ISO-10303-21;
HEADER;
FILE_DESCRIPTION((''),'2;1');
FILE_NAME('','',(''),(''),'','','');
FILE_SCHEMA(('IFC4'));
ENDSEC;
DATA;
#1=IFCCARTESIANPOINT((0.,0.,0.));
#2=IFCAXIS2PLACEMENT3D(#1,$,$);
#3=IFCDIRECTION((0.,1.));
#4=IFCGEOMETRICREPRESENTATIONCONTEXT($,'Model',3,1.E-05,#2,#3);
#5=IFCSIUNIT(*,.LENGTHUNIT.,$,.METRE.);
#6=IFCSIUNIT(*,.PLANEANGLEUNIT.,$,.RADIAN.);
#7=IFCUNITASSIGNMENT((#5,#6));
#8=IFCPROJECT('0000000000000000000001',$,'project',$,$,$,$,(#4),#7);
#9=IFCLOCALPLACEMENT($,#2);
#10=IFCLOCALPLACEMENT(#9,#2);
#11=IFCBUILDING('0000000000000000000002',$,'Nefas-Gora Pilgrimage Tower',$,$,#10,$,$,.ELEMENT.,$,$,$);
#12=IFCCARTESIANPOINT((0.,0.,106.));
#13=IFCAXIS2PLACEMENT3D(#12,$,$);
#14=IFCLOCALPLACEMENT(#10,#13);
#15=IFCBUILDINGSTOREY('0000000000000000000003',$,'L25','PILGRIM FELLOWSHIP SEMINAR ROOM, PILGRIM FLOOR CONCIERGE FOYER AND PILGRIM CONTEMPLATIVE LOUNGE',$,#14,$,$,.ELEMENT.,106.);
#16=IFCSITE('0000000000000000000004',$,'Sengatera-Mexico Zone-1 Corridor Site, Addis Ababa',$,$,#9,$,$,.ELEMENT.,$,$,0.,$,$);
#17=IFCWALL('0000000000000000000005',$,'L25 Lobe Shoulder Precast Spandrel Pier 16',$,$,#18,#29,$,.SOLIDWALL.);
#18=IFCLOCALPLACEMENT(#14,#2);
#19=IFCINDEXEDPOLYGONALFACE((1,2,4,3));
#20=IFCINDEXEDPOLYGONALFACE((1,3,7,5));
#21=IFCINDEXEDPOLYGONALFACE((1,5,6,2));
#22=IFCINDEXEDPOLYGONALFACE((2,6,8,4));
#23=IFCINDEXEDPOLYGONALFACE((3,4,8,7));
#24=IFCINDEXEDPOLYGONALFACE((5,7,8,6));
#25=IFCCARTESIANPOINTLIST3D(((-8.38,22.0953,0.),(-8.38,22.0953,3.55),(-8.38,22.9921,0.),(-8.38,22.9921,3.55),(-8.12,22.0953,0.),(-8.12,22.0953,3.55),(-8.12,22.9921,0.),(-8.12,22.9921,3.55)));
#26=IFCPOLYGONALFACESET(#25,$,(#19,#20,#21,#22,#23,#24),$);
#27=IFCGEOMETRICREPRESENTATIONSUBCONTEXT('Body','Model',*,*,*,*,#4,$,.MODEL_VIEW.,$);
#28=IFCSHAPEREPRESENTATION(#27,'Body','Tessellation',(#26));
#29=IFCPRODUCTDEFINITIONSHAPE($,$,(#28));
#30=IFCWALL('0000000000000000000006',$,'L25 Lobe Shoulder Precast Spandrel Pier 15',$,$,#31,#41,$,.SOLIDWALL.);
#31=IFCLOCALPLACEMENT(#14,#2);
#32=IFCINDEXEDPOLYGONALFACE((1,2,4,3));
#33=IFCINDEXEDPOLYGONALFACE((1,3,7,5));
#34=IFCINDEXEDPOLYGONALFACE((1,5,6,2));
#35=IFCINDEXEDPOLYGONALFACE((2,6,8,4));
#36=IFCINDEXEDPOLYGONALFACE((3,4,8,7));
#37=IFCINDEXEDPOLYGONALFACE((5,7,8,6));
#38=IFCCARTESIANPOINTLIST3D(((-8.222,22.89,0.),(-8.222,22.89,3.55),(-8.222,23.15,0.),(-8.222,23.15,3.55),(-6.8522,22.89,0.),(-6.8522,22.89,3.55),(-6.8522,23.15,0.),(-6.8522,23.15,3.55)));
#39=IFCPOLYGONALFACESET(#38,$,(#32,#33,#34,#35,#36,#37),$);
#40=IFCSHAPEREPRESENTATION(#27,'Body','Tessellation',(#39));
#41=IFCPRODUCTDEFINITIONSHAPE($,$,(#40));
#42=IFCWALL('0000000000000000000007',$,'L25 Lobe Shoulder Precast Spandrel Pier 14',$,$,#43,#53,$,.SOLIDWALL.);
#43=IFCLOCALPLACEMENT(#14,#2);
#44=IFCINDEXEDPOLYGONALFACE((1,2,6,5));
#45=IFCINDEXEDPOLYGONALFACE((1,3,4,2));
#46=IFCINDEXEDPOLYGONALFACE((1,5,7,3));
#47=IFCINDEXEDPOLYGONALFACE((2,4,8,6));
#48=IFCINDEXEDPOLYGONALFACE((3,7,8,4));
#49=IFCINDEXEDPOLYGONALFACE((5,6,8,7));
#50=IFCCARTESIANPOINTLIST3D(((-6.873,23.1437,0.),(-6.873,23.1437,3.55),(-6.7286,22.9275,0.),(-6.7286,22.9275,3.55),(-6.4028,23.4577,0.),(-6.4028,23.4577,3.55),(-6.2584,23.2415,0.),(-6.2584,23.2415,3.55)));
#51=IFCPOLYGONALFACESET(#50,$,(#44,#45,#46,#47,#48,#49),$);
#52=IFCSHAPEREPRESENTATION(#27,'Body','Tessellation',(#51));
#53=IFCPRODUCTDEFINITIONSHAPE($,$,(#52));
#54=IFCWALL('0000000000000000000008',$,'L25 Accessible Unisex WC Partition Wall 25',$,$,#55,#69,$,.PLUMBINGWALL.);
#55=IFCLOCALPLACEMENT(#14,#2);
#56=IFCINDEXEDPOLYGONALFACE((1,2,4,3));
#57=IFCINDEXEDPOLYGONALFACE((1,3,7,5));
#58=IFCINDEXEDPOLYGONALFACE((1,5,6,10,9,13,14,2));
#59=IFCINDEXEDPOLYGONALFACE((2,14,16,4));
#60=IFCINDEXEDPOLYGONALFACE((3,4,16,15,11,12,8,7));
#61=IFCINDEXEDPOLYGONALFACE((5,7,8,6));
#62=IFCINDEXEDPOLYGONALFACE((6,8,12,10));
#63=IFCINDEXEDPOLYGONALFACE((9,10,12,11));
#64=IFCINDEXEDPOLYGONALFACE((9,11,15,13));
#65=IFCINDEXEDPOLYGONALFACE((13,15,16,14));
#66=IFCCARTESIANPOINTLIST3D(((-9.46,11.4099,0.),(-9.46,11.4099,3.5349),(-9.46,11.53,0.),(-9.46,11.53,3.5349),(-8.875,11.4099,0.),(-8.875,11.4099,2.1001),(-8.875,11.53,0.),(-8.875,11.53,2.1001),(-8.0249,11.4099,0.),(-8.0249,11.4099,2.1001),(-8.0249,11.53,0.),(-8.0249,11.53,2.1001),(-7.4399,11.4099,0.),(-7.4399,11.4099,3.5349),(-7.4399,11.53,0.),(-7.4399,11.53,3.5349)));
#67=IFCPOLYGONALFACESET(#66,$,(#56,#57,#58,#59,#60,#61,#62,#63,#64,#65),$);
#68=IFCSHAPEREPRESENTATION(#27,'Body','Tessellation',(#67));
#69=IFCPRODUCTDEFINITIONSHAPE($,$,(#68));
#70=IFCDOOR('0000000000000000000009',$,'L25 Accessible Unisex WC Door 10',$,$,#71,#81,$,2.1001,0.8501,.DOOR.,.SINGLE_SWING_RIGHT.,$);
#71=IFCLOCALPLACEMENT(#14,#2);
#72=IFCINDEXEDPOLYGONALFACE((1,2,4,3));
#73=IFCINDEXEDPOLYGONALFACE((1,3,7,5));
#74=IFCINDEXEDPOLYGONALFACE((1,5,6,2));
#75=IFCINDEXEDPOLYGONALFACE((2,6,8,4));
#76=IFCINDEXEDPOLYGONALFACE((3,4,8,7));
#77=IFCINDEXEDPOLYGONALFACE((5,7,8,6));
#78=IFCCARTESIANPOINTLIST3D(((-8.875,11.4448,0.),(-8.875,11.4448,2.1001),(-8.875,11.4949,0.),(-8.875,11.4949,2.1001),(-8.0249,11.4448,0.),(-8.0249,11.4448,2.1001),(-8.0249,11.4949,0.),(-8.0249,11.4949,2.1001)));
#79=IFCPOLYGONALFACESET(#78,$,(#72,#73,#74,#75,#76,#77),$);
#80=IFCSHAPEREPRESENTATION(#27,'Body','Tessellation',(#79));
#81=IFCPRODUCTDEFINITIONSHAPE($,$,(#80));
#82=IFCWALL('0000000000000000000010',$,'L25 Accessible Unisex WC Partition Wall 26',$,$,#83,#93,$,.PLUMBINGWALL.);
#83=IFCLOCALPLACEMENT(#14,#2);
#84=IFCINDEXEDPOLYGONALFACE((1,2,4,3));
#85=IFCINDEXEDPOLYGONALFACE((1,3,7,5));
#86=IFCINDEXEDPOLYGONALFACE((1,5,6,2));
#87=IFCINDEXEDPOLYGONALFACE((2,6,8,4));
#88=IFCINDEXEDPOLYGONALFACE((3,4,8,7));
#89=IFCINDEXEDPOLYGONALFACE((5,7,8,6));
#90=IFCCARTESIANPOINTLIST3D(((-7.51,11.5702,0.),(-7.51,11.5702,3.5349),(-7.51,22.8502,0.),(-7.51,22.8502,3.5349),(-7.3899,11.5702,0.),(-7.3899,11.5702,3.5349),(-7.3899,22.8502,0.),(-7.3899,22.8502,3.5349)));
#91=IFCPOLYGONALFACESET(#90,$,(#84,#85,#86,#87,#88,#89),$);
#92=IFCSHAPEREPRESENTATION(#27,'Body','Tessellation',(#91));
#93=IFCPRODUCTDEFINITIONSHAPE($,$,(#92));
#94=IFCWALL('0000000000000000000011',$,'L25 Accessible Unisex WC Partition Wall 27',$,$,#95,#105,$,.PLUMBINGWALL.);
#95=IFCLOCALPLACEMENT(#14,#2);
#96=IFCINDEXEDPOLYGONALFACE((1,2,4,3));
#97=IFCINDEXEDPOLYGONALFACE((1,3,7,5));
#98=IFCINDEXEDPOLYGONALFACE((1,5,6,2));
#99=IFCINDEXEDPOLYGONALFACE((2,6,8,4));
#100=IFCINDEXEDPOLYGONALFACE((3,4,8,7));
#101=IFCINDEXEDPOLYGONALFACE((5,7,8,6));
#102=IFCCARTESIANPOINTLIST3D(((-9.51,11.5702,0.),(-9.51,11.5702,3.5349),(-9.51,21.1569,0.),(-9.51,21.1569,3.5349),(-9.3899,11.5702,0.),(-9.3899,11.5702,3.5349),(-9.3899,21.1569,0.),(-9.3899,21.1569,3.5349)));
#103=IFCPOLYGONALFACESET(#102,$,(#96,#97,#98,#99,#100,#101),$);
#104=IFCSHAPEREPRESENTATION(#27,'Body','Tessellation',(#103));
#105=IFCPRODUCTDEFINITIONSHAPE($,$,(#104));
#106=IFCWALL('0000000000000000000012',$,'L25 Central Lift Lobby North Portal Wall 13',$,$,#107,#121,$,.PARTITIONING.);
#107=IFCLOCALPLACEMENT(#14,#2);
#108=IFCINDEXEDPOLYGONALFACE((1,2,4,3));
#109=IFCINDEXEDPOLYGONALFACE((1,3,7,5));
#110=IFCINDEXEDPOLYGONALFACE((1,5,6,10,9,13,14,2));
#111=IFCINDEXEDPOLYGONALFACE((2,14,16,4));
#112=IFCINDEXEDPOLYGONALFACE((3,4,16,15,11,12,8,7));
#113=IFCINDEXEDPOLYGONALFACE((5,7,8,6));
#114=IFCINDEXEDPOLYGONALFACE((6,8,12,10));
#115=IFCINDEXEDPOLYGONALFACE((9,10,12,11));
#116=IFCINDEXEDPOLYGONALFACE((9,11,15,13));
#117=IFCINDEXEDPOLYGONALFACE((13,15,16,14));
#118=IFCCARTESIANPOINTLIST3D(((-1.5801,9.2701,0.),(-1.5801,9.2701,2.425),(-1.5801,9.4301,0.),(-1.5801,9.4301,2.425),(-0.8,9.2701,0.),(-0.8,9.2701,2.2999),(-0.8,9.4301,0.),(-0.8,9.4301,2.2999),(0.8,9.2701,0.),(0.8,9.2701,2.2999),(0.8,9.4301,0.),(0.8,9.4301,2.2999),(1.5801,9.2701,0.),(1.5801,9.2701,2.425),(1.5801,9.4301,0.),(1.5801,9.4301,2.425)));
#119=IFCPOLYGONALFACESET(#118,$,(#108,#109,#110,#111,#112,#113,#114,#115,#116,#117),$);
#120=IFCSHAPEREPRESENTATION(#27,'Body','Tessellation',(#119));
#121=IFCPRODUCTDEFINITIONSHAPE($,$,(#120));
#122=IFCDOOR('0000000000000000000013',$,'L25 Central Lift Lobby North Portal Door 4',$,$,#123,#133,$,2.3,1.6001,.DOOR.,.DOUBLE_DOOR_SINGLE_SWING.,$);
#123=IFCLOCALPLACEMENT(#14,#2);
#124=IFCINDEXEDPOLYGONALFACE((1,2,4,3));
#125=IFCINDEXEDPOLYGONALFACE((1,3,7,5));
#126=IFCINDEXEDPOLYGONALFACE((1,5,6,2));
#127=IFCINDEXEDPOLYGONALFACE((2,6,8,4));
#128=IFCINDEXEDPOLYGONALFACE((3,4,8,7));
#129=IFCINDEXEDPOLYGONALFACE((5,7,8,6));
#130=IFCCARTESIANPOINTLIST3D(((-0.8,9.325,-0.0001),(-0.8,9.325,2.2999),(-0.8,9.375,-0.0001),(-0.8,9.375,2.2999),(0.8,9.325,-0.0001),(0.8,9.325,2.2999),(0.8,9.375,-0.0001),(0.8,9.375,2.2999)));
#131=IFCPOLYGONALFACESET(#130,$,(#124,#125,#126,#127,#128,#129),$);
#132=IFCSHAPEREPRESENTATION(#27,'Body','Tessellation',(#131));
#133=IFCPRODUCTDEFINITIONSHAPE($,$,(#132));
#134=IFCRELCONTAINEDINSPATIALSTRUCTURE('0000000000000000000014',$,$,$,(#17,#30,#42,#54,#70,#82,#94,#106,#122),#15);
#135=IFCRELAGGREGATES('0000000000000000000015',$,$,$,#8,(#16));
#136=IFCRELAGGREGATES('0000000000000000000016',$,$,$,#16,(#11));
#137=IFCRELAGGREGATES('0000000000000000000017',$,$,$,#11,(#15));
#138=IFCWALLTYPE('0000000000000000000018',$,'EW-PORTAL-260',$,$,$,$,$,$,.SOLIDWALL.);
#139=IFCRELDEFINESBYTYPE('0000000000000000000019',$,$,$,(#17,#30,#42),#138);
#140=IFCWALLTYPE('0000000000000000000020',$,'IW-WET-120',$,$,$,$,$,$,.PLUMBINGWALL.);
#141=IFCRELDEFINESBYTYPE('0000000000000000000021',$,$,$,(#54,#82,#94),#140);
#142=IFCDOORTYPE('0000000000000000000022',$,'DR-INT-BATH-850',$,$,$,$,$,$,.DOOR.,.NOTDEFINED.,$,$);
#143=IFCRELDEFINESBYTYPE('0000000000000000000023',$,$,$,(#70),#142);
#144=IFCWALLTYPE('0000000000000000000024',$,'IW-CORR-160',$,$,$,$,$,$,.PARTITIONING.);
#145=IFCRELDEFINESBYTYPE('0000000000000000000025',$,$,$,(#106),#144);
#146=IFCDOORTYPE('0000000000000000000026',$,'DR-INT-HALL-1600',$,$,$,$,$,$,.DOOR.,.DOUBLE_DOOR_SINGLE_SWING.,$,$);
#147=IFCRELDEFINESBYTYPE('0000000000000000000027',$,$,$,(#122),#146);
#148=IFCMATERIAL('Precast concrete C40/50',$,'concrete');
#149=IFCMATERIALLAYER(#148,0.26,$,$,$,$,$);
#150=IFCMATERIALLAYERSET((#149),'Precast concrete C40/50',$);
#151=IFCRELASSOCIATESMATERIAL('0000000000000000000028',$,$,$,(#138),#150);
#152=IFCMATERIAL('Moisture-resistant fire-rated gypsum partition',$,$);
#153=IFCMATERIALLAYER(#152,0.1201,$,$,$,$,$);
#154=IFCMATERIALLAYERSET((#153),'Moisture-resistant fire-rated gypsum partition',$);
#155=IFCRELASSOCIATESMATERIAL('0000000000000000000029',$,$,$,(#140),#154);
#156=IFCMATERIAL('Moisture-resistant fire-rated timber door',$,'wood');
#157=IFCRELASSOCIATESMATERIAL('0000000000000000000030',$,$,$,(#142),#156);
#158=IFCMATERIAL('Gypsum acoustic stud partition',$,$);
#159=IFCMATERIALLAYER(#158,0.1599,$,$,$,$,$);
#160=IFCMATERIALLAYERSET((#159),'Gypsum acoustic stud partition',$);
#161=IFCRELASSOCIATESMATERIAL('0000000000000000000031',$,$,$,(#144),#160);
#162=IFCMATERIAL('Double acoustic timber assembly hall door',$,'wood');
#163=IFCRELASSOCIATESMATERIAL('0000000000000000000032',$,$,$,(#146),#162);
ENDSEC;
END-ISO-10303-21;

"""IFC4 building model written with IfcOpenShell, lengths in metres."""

from ifc_helpers import new_model, si_unit, direction, frame, frame_2d, origin, place, context, subcontext, project, spatial, rectangle, extrude, source, transform, mapped, material, layer, layer_set, type_object, element, fill, save


model = new_model("IFC4")

# Units and contexts
model_context = context("Model", 3, precision=1e-05, world=origin(), true_north=direction((0.0, 1.0)))
body_context = subcontext(model_context, "Body", "Model", "MODEL_VIEW")
ifc_project = project(units=[si_unit("LENGTHUNIT", "METRE"), si_unit("PLANEANGLEUNIT", "RADIAN")], contexts=[model_context])

# Site, building, storey
site_placement = place(None, origin())
site = spatial("IfcSite", under=ifc_project, at=site_placement, Name="Sengatera-Mexico Zone-1 Corridor Site, Addis Ababa", CompositionType="ELEMENT", RefElevation=0.0)
building_placement = place(site_placement, origin())
building = spatial("IfcBuilding", under=site, at=building_placement, Name="Nefas-Gora Pilgrimage Tower", CompositionType="ELEMENT")
storey_placement = place(building_placement, frame((0.0, 0.0, 106.0)))
storey = spatial("IfcBuildingStorey", under=building, at=storey_placement, Name="L25", Description="PILGRIM FELLOWSHIP SEMINAR ROOM, PILGRIM FLOOR CONCIERGE FOYER AND PILGRIM CONTEMPLATIVE LOUNGE", CompositionType="ELEMENT", Elevation=106.0)

# Walls
ifc_material_1 = material(Name="Precast concrete C40/50", Category="concrete")
ifc_layer_1 = layer(ifc_material_1, 0.26)
ifc_layer_set_1 = layer_set([ifc_layer_1], Name="Precast concrete C40/50")
wall_type_1 = type_object("IfcWallType", Name="EW-PORTAL-260", PredefinedType="SOLIDWALL", material=ifc_layer_set_1)
shared_shape_1 = source(origin(), body_context, "Body", "SweptSolid", [
    extrude(rectangle(XDim=0.8967, YDim=0.26, at=frame_2d((0.4482, 0.0))), origin(), (0.0, 0.0, 1.0), 3.55),
])
wall_1_placement = place(storey_placement, frame((-8.25, 22.9919, 0.0), z_axis=(0.0, 0.0, 1.0), x_axis=(0.0, -1.0, 0.0)))
element("IfcWall", 1, at=wall_1_placement, inside=storey, type_object=wall_type_1, Name="L25 Lobe Shoulder Precast Spandrel Pier 16", PredefinedType="SOLIDWALL", context=body_context, shape_type="MappedRepresentation", body=[
    mapped(shared_shape_1, transform((0.0, 0.0, 0.0), x_axis=(1.0, 0.0, 0.0), y_axis=(0.0, 1.0, 0.0), z_axis=(0.0, 0.0, 1.0), scale=1.0)),
])
shared_shape_2 = source(origin(), body_context, "Body", "SweptSolid", [
    extrude(rectangle(XDim=1.3699, YDim=0.26, at=frame_2d((0.6851, 0.0))), origin(), (0.0, 0.0, 1.0), 3.55),
])
wall_2_placement = place(storey_placement, frame((-6.8521, 23.02, 0.0), z_axis=(0.0, 0.0, 1.0), x_axis=(-1.0, 0.0, 0.0)))
element("IfcWall", 2, at=wall_2_placement, inside=storey, type_object=wall_type_1, Name="L25 Lobe Shoulder Precast Spandrel Pier 15", PredefinedType="SOLIDWALL", context=body_context, shape_type="MappedRepresentation", body=[
    mapped(shared_shape_2, transform((0.0, 0.0, 0.0), x_axis=(1.0, 0.0, 0.0), y_axis=(0.0, 1.0, 0.0), z_axis=(0.0, 0.0, 1.0), scale=1.0)),
])
shared_shape_3 = source(origin(), body_context, "Body", "SweptSolid", [
    extrude(rectangle(XDim=0.5654, YDim=0.26, at=frame_2d((0.2827, 0.0))), origin(), (0.0, 0.0, 1.0), 3.55),
])
wall_3_placement = place(storey_placement, frame((-6.3306, 23.3496, 0.0), z_axis=(0.0, 0.0, 1.0), x_axis=(-0.831651, -0.555298, 0.0)))
element("IfcWall", 3, at=wall_3_placement, inside=storey, type_object=wall_type_1, Name="L25 Lobe Shoulder Precast Spandrel Pier 14", PredefinedType="SOLIDWALL", context=body_context, shape_type="MappedRepresentation", body=[
    mapped(shared_shape_3, transform((0.0, 0.0, 0.0), x_axis=(1.0, 0.0, 0.0), y_axis=(0.0, 1.0, 0.0), z_axis=(0.0, 0.0, 1.0), scale=1.0)),
])

# Wall, opening, door
ifc_material_2 = material(Name="Moisture-resistant fire-rated gypsum partition")
ifc_layer_2 = layer(ifc_material_2, 0.1201)
ifc_layer_set_2 = layer_set([ifc_layer_2], Name="Moisture-resistant fire-rated gypsum partition")
wall_type_2 = type_object("IfcWallType", Name="IW-WET-120", PredefinedType="PLUMBINGWALL", material=ifc_layer_set_2)
shared_shape_4 = source(origin(), body_context, "Body", "SweptSolid", [
    extrude(rectangle(XDim=2.02, YDim=0.1201, at=frame_2d((1.01, 0.0))), origin(), (0.0, 0.0, 1.0), 3.5349),
])
wall_4_placement = place(storey_placement, frame((-9.46, 11.47, 0.0), z_axis=(0.0, 0.0, 1.0), x_axis=(1.0, 0.0, 0.0)))
wall_4 = element("IfcWall", 4, at=wall_4_placement, inside=storey, type_object=wall_type_2, Name="L25 Accessible Unisex WC Partition Wall 25", PredefinedType="PLUMBINGWALL", context=body_context, shape_type="MappedRepresentation", body=[
    mapped(shared_shape_4, transform((0.0, 0.0, 0.0), x_axis=(1.0, 0.0, 0.0), y_axis=(0.0, 1.0, 0.0), z_axis=(0.0, 0.0, 1.0), scale=1.0)),
])
opening_1_placement = place(wall_4_placement, frame((0.585, 0.0, 0.0)))
opening_1 = element("IfcOpeningElement", 5, at=opening_1_placement, cuts=wall_4, PredefinedType="OPENING", context=body_context, shape_type="SweptSolid", body=[
    extrude(rectangle(XDim=0.8501, YDim=2.1001, at=frame_2d((0.425, 1.05))), frame((0.0, 0.0701, 0.0), z_axis=(0.0, -1.0, 0.0), x_axis=(1.0, 0.0, 0.0)), (0.0, 0.0, 1.0), 0.1401),
])
ifc_material_3 = material(Name="Moisture-resistant fire-rated timber door", Category="wood")
door_type_1 = type_object("IfcDoorType", Name="DR-INT-BATH-850", OperationType="NOTDEFINED", PredefinedType="DOOR", material=ifc_material_3)
shared_shape_5 = source(origin(), body_context, "Body", "SweptSolid", [
    extrude(rectangle(XDim=0.8501, YDim=2.1001, at=frame_2d((0.425, 1.05))), frame((0.0, 0.0249, 0.0), z_axis=(0.0, -1.0, 0.0), x_axis=(1.0, 0.0, 0.0)), (0.0, 0.0, 1.0), 0.05),
])
door_1_placement = place(opening_1_placement, origin())
door_1 = element("IfcDoor", 6, at=door_1_placement, inside=storey, type_object=door_type_1, Name="L25 Accessible Unisex WC Door 10", OperationType="SINGLE_SWING_RIGHT", OverallHeight=2.1001, OverallWidth=0.8501, PredefinedType="DOOR", context=body_context, shape_type="MappedRepresentation", body=[
    mapped(shared_shape_5, transform((0.0, 0.0, 0.0), x_axis=(1.0, 0.0, 0.0), y_axis=(0.0, 1.0, 0.0), z_axis=(0.0, 0.0, 1.0), scale=1.0)),
])
fill(opening_1, door_1)

# Walls
shared_shape_6 = source(origin(), body_context, "Body", "SweptSolid", [
    extrude(rectangle(XDim=11.28, YDim=0.1201, at=frame_2d((5.6401, 0.0))), origin(), (0.0, 0.0, 1.0), 3.5349),
])
wall_5_placement = place(storey_placement, frame((-7.45, 11.5701, 0.0), z_axis=(0.0, 0.0, 1.0), x_axis=(0.0, 1.0, 0.0)))
element("IfcWall", 7, at=wall_5_placement, inside=storey, type_object=wall_type_2, Name="L25 Accessible Unisex WC Partition Wall 26", PredefinedType="PLUMBINGWALL", context=body_context, shape_type="MappedRepresentation", body=[
    mapped(shared_shape_6, transform((0.0, 0.0, 0.0), x_axis=(1.0, 0.0, 0.0), y_axis=(0.0, 1.0, 0.0), z_axis=(0.0, 0.0, 1.0), scale=1.0)),
])
shared_shape_7 = source(origin(), body_context, "Body", "SweptSolid", [
    extrude(rectangle(XDim=9.5867, YDim=0.1201, at=frame_2d((4.7935, 0.0))), origin(), (0.0, 0.0, 1.0), 3.5349),
])
wall_6_placement = place(storey_placement, frame((-9.45, 11.5701, 0.0), z_axis=(0.0, 0.0, 1.0), x_axis=(0.0, 1.0, 0.0)))
element("IfcWall", 8, at=wall_6_placement, inside=storey, type_object=wall_type_2, Name="L25 Accessible Unisex WC Partition Wall 27", PredefinedType="PLUMBINGWALL", context=body_context, shape_type="MappedRepresentation", body=[
    mapped(shared_shape_7, transform((0.0, 0.0, 0.0), x_axis=(1.0, 0.0, 0.0), y_axis=(0.0, 1.0, 0.0), z_axis=(0.0, 0.0, 1.0), scale=1.0)),
])

# Wall, opening, door
ifc_material_4 = material(Name="Gypsum acoustic stud partition")
ifc_layer_3 = layer(ifc_material_4, 0.1599)
ifc_layer_set_3 = layer_set([ifc_layer_3], Name="Gypsum acoustic stud partition")
wall_type_3 = type_object("IfcWallType", Name="IW-CORR-160", PredefinedType="PARTITIONING", material=ifc_layer_set_3)
shared_shape_8 = source(origin(), body_context, "Body", "SweptSolid", [
    extrude(rectangle(XDim=3.1602, YDim=0.1599, at=frame_2d((1.5801, 0.0))), origin(), (0.0, 0.0, 1.0), 2.425),
])
wall_7_placement = place(storey_placement, frame((-1.5801, 9.3501, 0.0), z_axis=(0.0, 0.0, 1.0), x_axis=(1.0, 0.0, 0.0)))
wall_7 = element("IfcWall", 9, at=wall_7_placement, inside=storey, type_object=wall_type_3, Name="L25 Central Lift Lobby North Portal Wall 13", PredefinedType="PARTITIONING", context=body_context, shape_type="MappedRepresentation", body=[
    mapped(shared_shape_8, transform((0.0, 0.0, 0.0), x_axis=(1.0, 0.0, 0.0), y_axis=(0.0, 1.0, 0.0), z_axis=(0.0, 0.0, 1.0), scale=1.0)),
])
opening_2_placement = place(wall_7_placement, frame((0.78, 0.0, 0.0)))
opening_2 = element("IfcOpeningElement", 10, at=opening_2_placement, cuts=wall_7, PredefinedType="OPENING", context=body_context, shape_type="SweptSolid", body=[
    extrude(rectangle(XDim=1.6001, YDim=2.3, at=frame_2d((0.8, 1.1499))), frame((0.0, 0.0898, 0.0), z_axis=(0.0, -1.0, 0.0), x_axis=(1.0, 0.0, 0.0)), (0.0, 0.0, 1.0), 0.1799),
])
ifc_material_5 = material(Name="Double acoustic timber assembly hall door", Category="wood")
door_type_2 = type_object("IfcDoorType", Name="DR-INT-HALL-1600", OperationType="DOUBLE_DOOR_SINGLE_SWING", PredefinedType="DOOR", material=ifc_material_5)
shared_shape_9 = source(origin(), body_context, "Body", "SweptSolid", [
    extrude(rectangle(XDim=1.6001, YDim=2.3, at=frame_2d((0.8, 1.1499))), frame((0.0, 0.0249, 0.0), z_axis=(0.0, -1.0, 0.0), x_axis=(1.0, 0.0, 0.0)), (0.0, 0.0, 1.0), 0.05),
])
door_2_placement = place(opening_2_placement, origin())
door_2 = element("IfcDoor", 11, at=door_2_placement, inside=storey, type_object=door_type_2, Name="L25 Central Lift Lobby North Portal Door 4", OperationType="DOUBLE_DOOR_SINGLE_SWING", OverallHeight=2.3, OverallWidth=1.6001, PredefinedType="DOOR", context=body_context, shape_type="MappedRepresentation", body=[
    mapped(shared_shape_9, transform((0.0, 0.0, 0.0), x_axis=(1.0, 0.0, 0.0), y_axis=(0.0, 1.0, 0.0), z_axis=(0.0, 0.0, 1.0), scale=1.0)),
])
fill(opening_2, door_2)

save(model, "model.ifc")
